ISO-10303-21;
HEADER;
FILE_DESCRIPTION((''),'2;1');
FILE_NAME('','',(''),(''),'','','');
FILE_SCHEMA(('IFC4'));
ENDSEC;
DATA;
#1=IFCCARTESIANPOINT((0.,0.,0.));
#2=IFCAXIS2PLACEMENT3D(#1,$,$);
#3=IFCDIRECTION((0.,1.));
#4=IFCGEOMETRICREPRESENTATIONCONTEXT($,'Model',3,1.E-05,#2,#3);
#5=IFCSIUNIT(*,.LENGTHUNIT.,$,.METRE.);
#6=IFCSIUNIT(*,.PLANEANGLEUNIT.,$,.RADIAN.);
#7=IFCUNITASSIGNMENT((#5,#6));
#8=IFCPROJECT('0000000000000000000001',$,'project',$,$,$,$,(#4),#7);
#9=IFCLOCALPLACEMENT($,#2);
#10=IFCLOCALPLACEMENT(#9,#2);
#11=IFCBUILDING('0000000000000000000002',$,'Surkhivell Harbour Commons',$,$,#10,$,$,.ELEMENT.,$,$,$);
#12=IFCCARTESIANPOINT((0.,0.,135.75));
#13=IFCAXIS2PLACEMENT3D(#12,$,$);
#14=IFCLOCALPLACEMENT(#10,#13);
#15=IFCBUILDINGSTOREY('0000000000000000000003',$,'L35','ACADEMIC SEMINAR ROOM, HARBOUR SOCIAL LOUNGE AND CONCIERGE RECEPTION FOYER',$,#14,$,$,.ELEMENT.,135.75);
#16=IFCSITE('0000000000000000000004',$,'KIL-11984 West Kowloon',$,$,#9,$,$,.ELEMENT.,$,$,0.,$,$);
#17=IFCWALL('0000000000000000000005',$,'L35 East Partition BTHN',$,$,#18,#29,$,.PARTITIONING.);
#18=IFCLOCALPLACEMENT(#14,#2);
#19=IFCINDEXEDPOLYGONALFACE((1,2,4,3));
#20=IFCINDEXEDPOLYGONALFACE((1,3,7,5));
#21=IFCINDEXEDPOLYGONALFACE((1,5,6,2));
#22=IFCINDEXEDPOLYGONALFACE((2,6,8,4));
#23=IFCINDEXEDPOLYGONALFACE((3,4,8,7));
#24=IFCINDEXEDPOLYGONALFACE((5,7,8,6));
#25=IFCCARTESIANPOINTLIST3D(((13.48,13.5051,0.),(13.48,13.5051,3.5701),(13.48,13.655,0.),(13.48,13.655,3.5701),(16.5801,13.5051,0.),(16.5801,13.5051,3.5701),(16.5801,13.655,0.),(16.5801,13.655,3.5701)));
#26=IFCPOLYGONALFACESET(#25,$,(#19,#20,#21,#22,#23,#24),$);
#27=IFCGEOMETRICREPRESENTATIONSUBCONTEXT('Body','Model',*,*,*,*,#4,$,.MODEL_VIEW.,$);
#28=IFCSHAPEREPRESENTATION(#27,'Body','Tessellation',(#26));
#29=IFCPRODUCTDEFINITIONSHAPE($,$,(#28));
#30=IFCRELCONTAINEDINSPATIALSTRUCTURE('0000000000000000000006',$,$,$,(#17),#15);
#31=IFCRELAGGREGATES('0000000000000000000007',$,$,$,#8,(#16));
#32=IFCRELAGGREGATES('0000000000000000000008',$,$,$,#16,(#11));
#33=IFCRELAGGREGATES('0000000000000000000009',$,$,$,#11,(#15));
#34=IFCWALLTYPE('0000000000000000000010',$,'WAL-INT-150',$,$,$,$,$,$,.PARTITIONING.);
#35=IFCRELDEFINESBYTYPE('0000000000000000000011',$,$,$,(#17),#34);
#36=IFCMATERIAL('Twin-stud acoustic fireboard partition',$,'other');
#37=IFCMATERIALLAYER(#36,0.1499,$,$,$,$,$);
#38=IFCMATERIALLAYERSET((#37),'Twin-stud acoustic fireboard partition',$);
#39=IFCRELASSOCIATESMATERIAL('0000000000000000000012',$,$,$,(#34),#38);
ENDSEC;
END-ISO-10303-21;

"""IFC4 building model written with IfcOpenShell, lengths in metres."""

from ifc_helpers import new_model, si_unit, direction, frame, frame_2d, origin, place, context, subcontext, project, spatial, rectangle, extrude, material, layer, layer_set, type_object, element, save


model = new_model("IFC4")

# Units and contexts
model_context = context("Model", 3, precision=1e-05, world=origin(), true_north=direction((0.0, 1.0)))
body_context = subcontext(model_context, "Body", "Model", "MODEL_VIEW")
ifc_project = project(units=[si_unit("LENGTHUNIT", "METRE"), si_unit("PLANEANGLEUNIT", "RADIAN")], contexts=[model_context])

# Site, building, storey
site_placement = place(None, origin())
site = spatial("IfcSite", under=ifc_project, at=site_placement, Name="KIL-11984 West Kowloon", CompositionType="ELEMENT", RefElevation=0.0)
building_placement = place(site_placement, origin())
building = spatial("IfcBuilding", under=site, at=building_placement, Name="Surkhivell Harbour Commons", CompositionType="ELEMENT")
storey_placement = place(building_placement, frame((0.0, 0.0, 135.75)))
storey = spatial("IfcBuildingStorey", under=building, at=storey_placement, Name="L35", Description="ACADEMIC SEMINAR ROOM, HARBOUR SOCIAL LOUNGE AND CONCIERGE RECEPTION FOYER", CompositionType="ELEMENT", Elevation=135.75)

# Wall
ifc_material_1 = material(Name="Twin-stud acoustic fireboard partition", Category="other")
ifc_layer_1 = layer(ifc_material_1, 0.1499)
ifc_layer_set_1 = layer_set([ifc_layer_1], Name="Twin-stud acoustic fireboard partition")
wall_type_1 = type_object("IfcWallType", Name="WAL-INT-150", PredefinedType="PARTITIONING", material=ifc_layer_set_1)
wall_1_placement = place(storey_placement, frame((13.48, 13.5801, 0.0), z_axis=(0.0, 0.0, 1.0), x_axis=(1.0, 0.0, 0.0)))
element("IfcWall", 1, at=wall_1_placement, inside=storey, type_object=wall_type_1, Name="L35 East Partition BTHN", PredefinedType="PARTITIONING", context=body_context, shape_type="SweptSolid", body=[
    extrude(rectangle(XDim=3.1001, YDim=0.1499, at=frame_2d((1.55, 0.0))), origin(), (0.0, 0.0, 1.0), 3.5701),
])

save(model, "model.ifc")
